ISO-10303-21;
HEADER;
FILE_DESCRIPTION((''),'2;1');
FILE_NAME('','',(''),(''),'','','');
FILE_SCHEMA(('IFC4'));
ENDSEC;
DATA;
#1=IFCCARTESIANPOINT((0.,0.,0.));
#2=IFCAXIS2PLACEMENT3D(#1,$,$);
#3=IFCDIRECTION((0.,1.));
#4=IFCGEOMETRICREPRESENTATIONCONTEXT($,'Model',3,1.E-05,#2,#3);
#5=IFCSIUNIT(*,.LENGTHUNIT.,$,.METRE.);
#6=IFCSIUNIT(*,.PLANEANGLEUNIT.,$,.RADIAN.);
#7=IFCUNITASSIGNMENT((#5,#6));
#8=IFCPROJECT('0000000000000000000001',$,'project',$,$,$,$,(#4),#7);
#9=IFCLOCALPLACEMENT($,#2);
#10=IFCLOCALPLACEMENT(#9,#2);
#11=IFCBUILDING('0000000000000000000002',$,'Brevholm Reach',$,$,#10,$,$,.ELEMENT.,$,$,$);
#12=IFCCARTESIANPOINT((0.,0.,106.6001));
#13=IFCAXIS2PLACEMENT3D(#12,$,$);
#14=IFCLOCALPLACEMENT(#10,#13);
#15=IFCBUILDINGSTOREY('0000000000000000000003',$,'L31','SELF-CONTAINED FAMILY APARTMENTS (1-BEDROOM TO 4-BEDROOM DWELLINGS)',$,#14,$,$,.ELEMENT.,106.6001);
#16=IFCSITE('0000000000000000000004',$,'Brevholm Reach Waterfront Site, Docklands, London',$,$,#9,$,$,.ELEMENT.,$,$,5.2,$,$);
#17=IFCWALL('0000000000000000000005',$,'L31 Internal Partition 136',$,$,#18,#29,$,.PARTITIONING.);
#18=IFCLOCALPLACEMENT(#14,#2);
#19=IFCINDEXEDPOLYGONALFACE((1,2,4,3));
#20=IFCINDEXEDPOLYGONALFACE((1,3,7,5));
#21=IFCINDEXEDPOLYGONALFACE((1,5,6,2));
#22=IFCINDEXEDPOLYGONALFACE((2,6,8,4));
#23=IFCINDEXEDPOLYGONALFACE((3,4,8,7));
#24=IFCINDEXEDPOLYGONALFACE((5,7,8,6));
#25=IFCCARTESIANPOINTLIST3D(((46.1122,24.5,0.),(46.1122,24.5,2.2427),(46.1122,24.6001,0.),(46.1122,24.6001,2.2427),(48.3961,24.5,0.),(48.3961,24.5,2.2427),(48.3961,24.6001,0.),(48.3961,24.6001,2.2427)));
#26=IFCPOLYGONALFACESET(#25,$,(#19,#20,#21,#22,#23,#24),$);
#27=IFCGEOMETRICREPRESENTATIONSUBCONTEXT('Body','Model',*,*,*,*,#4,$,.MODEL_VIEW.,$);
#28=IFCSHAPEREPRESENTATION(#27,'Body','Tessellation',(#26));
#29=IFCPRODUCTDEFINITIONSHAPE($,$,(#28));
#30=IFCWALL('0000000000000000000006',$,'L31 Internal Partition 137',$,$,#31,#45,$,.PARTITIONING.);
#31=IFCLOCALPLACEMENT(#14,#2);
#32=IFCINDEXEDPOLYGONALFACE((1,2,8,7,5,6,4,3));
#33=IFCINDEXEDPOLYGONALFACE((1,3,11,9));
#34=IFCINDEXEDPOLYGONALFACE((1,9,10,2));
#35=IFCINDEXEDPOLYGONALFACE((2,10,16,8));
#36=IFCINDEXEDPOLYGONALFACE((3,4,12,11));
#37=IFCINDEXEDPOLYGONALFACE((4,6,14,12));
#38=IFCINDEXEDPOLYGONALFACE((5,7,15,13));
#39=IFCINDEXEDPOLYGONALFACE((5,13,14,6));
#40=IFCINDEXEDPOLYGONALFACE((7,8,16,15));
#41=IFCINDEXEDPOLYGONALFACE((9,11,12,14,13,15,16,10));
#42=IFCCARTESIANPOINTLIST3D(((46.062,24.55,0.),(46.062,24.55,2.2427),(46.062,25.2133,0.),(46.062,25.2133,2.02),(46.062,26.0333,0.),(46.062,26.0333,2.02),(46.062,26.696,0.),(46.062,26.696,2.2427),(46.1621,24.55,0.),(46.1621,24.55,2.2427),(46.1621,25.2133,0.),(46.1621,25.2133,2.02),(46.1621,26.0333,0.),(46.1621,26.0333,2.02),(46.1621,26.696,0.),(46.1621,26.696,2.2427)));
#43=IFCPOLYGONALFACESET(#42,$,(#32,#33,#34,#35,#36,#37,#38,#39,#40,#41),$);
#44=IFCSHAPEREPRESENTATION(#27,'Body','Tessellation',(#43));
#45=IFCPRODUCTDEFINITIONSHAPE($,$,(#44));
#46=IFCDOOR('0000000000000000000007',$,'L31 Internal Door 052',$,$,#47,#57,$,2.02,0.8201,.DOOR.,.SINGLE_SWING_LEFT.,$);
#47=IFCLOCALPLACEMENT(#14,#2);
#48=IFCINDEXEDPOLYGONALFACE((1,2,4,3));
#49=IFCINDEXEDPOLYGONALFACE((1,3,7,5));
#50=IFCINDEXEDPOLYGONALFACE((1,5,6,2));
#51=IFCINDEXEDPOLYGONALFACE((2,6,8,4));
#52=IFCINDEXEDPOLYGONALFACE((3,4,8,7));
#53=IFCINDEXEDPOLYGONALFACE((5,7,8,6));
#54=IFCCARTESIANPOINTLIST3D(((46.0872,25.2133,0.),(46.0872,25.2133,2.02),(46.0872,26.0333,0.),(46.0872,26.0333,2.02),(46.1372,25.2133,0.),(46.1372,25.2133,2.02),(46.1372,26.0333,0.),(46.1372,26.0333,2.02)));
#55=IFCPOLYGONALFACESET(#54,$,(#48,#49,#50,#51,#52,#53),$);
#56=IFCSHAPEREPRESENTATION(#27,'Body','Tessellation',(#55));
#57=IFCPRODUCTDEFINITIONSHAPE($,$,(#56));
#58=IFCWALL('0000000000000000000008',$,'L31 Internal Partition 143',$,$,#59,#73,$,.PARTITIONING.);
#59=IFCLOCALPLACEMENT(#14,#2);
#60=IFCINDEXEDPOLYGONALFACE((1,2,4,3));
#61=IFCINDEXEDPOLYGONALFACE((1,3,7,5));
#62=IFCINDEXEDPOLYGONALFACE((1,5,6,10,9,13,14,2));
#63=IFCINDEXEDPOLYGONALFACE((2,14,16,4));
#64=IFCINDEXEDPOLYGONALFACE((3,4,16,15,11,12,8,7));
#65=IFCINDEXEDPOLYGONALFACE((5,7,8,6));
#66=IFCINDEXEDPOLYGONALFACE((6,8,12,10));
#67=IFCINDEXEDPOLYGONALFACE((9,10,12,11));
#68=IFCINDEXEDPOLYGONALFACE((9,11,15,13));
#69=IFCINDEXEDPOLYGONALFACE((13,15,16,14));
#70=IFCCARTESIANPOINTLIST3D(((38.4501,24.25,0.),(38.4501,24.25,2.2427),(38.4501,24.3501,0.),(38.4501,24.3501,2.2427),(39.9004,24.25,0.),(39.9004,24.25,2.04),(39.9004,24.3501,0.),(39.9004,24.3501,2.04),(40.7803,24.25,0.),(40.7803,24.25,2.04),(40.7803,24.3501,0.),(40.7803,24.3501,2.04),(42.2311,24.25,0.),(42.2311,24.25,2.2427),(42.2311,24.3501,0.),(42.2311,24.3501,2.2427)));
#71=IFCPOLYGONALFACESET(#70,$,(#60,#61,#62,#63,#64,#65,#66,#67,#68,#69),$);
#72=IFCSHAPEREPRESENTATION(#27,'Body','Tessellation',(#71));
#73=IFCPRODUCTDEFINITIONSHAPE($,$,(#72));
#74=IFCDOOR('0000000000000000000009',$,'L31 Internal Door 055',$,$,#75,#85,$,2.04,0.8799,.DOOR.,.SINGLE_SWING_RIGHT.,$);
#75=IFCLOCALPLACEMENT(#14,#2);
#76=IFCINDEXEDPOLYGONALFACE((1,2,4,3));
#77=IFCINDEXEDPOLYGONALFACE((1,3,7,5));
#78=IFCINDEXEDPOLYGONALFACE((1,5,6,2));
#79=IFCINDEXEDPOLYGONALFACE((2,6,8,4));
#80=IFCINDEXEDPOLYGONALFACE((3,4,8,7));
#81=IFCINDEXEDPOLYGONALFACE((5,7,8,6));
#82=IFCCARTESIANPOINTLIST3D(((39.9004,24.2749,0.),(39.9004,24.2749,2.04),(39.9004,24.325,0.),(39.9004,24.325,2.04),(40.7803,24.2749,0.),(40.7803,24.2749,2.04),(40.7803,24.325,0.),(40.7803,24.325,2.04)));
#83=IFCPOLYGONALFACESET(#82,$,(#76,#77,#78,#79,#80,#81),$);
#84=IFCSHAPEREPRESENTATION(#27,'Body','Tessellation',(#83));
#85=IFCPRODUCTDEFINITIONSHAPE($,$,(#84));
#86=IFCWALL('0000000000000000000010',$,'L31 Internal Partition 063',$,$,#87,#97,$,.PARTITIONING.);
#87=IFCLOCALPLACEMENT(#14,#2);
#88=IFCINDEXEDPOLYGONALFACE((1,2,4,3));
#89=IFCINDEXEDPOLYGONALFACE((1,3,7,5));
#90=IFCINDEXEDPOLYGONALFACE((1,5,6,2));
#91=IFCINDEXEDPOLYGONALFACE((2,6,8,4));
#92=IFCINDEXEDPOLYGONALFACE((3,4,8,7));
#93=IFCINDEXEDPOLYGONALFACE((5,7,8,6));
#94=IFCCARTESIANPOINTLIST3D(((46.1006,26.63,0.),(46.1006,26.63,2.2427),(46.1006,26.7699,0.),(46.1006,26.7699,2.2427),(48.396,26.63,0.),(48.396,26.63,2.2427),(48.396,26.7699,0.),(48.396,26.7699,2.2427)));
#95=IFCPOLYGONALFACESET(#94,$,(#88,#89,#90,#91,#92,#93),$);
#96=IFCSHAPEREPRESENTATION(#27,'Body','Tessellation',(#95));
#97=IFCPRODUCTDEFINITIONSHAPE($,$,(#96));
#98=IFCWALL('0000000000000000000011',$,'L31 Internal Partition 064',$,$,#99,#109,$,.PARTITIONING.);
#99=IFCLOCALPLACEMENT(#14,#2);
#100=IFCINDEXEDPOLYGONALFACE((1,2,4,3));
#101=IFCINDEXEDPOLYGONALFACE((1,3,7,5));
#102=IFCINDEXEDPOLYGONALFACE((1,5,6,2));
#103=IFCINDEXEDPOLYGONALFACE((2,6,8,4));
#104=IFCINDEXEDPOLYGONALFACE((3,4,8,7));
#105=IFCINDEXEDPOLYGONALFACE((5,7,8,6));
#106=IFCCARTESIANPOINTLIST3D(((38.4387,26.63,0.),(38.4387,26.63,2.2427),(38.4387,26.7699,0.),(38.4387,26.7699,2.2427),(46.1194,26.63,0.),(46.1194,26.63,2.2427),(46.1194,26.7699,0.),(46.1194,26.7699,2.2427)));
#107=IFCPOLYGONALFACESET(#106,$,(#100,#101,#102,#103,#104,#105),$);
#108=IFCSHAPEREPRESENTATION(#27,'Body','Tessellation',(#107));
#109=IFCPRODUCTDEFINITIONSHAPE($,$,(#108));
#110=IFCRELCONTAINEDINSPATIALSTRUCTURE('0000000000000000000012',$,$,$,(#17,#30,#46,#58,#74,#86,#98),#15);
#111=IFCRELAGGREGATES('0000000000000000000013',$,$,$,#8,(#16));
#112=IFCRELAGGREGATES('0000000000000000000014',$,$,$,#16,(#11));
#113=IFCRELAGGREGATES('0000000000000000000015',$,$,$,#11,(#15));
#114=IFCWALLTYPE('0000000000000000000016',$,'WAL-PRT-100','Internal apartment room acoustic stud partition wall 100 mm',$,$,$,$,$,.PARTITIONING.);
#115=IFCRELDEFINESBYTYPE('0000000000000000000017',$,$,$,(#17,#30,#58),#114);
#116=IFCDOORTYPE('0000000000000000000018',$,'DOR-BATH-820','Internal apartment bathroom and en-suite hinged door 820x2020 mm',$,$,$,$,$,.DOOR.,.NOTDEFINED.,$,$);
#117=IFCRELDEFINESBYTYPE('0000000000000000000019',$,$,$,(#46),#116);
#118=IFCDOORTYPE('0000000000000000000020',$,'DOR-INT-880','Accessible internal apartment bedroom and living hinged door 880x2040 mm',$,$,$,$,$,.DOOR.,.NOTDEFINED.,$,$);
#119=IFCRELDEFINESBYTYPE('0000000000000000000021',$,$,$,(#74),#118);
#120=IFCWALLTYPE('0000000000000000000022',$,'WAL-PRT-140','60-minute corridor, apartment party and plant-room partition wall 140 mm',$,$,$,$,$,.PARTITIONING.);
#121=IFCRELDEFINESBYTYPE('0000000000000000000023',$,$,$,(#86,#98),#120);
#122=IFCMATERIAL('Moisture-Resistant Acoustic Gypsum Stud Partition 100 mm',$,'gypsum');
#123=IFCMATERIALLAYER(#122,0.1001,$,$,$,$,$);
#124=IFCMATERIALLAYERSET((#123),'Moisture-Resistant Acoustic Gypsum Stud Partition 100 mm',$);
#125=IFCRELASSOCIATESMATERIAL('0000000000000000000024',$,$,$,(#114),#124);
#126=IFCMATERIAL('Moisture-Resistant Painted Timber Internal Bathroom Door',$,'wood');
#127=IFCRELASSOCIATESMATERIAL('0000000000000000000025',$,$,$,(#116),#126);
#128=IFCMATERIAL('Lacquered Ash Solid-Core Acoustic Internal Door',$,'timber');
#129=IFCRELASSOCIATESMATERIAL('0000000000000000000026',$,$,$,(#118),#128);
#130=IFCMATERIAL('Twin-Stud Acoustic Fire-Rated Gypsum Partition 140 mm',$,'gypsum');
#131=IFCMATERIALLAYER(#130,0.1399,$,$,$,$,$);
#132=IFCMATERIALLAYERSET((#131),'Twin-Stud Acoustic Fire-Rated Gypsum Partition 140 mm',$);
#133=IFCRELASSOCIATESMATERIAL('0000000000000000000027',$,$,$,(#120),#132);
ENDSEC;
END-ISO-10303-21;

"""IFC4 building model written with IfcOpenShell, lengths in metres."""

from ifc_helpers import new_model, si_unit, direction, frame, frame_2d, origin, place, context, subcontext, project, spatial, rectangle, extrude, material, layer, layer_set, type_object, element, fill, save


model = new_model("IFC4")

# Units and contexts
model_context = context("Model", 3, precision=1e-05, world=origin(), true_north=direction((0.0, 1.0)))
body_context = subcontext(model_context, "Body", "Model", "MODEL_VIEW")
ifc_project = project(units=[si_unit("LENGTHUNIT", "METRE"), si_unit("PLANEANGLEUNIT", "RADIAN")], contexts=[model_context])

# Site, building, storey
site_placement = place(None, origin())
site = spatial("IfcSite", under=ifc_project, at=site_placement, Name="Brevholm Reach Waterfront Site, Docklands, London", CompositionType="ELEMENT", RefElevation=5.2)
building_placement = place(site_placement, origin())
building = spatial("IfcBuilding", under=site, at=building_placement, Name="Brevholm Reach", CompositionType="ELEMENT")
storey_placement = place(building_placement, frame((0.0, 0.0, 106.6001)))
storey = spatial("IfcBuildingStorey", under=building, at=storey_placement, Name="L31", Description="SELF-CONTAINED FAMILY APARTMENTS (1-BEDROOM TO 4-BEDROOM DWELLINGS)", CompositionType="ELEMENT", Elevation=106.6001)

# Wall
ifc_material_1 = material(Name="Moisture-Resistant Acoustic Gypsum Stud Partition 100 mm", Category="gypsum")
ifc_layer_1 = layer(ifc_material_1, 0.1001)
ifc_layer_set_1 = layer_set([ifc_layer_1], Name="Moisture-Resistant Acoustic Gypsum Stud Partition 100 mm")
wall_type_1 = type_object("IfcWallType", Name="WAL-PRT-100", Description="Internal apartment room acoustic stud partition wall 100 mm", PredefinedType="PARTITIONING", material=ifc_layer_set_1)
wall_1_placement = place(storey_placement, frame((46.1121, 24.55, 0.0), z_axis=(0.0, 0.0, 1.0), x_axis=(1.0, 0.0, 0.0)))
element("IfcWall", 1, at=wall_1_placement, inside=storey, type_object=wall_type_1, Name="L31 Internal Partition 136", PredefinedType="PARTITIONING", context=body_context, shape_type="SweptSolid", body=[
    extrude(rectangle(XDim=2.2839, YDim=0.1001, at=frame_2d((1.1421, 0.0))), origin(), (0.0, 0.0, 1.0), 2.2427),
])

# Walls, openings, doors
wall_2_placement = place(storey_placement, frame((46.1121, 24.55, 0.0), z_axis=(0.0, 0.0, 1.0), x_axis=(0.0, 1.0, 0.0)))
wall_2 = element("IfcWall", 2, at=wall_2_placement, inside=storey, type_object=wall_type_1, Name="L31 Internal Partition 137", PredefinedType="PARTITIONING", context=body_context, shape_type="SweptSolid", body=[
    extrude(rectangle(XDim=2.146, YDim=0.1001, at=frame_2d((1.073, 0.0))), origin(), (0.0, 0.0, 1.0), 2.2427),
])
opening_1_placement = place(wall_2_placement, frame((0.6631, 0.0, 0.0)))
opening_1 = element("IfcOpeningElement", 3, at=opening_1_placement, cuts=wall_2, PredefinedType="OPENING", context=body_context, shape_type="SweptSolid", body=[
    extrude(rectangle(XDim=0.8201, YDim=2.02, at=frame_2d((0.4102, 1.01))), frame((0.0, 0.0601, 0.0), z_axis=(0.0, -1.0, 0.0), x_axis=(1.0, 0.0, 0.0)), (0.0, 0.0, 1.0), 0.1201),
])
ifc_material_2 = material(Name="Moisture-Resistant Painted Timber Internal Bathroom Door", Category="wood")
door_type_1 = type_object("IfcDoorType", Name="DOR-BATH-820", Description="Internal apartment bathroom and en-suite hinged door 820x2020 mm", OperationType="NOTDEFINED", PredefinedType="DOOR", material=ifc_material_2)
door_1_placement = place(opening_1_placement, origin())
door_1 = element("IfcDoor", 4, at=door_1_placement, inside=storey, type_object=door_type_1, Name="L31 Internal Door 052", OperationType="SINGLE_SWING_LEFT", OverallHeight=2.02, OverallWidth=0.8201, PredefinedType="DOOR", context=body_context, shape_type="SweptSolid", body=[
    extrude(rectangle(XDim=0.8201, YDim=2.02, at=frame_2d((0.4102, 1.01))), frame((0.0, 0.0249, 0.0), z_axis=(0.0, -1.0, 0.0), x_axis=(1.0, 0.0, 0.0)), (0.0, 0.0, 1.0), 0.05),
])
fill(opening_1, door_1)
wall_3_placement = place(storey_placement, frame((38.45, 24.3, 0.0), z_axis=(0.0, 0.0, 1.0), x_axis=(1.0, 0.0, 0.0)))
wall_3 = element("IfcWall", 5, at=wall_3_placement, inside=storey, type_object=wall_type_1, Name="L31 Internal Partition 143", PredefinedType="PARTITIONING", context=body_context, shape_type="SweptSolid", body=[
    extrude(rectangle(XDim=3.781, YDim=0.1001, at=frame_2d((1.8906, 0.0))), origin(), (0.0, 0.0, 1.0), 2.2427),
])
opening_2_placement = place(wall_3_placement, frame((1.4504, 0.0, 0.0)))
opening_2 = element("IfcOpeningElement", 6, at=opening_2_placement, cuts=wall_3, PredefinedType="OPENING", context=body_context, shape_type="SweptSolid", body=[
    extrude(rectangle(XDim=0.8799, YDim=2.04, at=frame_2d((0.4399, 1.02))), frame((0.0, 0.0601, 0.0), z_axis=(0.0, -1.0, 0.0), x_axis=(1.0, 0.0, 0.0)), (0.0, 0.0, 1.0), 0.1201),
])
ifc_material_3 = material(Name="Lacquered Ash Solid-Core Acoustic Internal Door", Category="timber")
door_type_2 = type_object("IfcDoorType", Name="DOR-INT-880", Description="Accessible internal apartment bedroom and living hinged door 880x2040 mm", OperationType="NOTDEFINED", PredefinedType="DOOR", material=ifc_material_3)
door_2_placement = place(opening_2_placement, origin())
door_2 = element("IfcDoor", 7, at=door_2_placement, inside=storey, type_object=door_type_2, Name="L31 Internal Door 055", OperationType="SINGLE_SWING_RIGHT", OverallHeight=2.04, OverallWidth=0.8799, PredefinedType="DOOR", context=body_context, shape_type="SweptSolid", body=[
    extrude(rectangle(XDim=0.8799, YDim=2.04, at=frame_2d((0.4399, 1.02))), frame((0.0, 0.0249, 0.0), z_axis=(0.0, -1.0, 0.0), x_axis=(1.0, 0.0, 0.0)), (0.0, 0.0, 1.0), 0.05),
])
fill(opening_2, door_2)

# Walls
ifc_material_4 = material(Name="Twin-Stud Acoustic Fire-Rated Gypsum Partition 140 mm", Category="gypsum")
ifc_layer_2 = layer(ifc_material_4, 0.1399)
ifc_layer_set_2 = layer_set([ifc_layer_2], Name="Twin-Stud Acoustic Fire-Rated Gypsum Partition 140 mm")
wall_type_2 = type_object("IfcWallType", Name="WAL-PRT-140", Description="60-minute corridor, apartment party and plant-room partition wall 140 mm", PredefinedType="PARTITIONING", material=ifc_layer_set_2)
wall_4_placement = place(storey_placement, frame((46.1006, 26.7, 0.0), z_axis=(0.0, 0.0, 1.0), x_axis=(1.0, 0.0, 0.0)))
element("IfcWall", 8, at=wall_4_placement, inside=storey, type_object=wall_type_2, Name="L31 Internal Partition 063", PredefinedType="PARTITIONING", context=body_context, shape_type="SweptSolid", body=[
    extrude(rectangle(XDim=2.2954, YDim=0.1399, at=frame_2d((1.1477, 0.0))), origin(), (0.0, 0.0, 1.0), 2.2427),
])
wall_5_placement = place(storey_placement, frame((38.4387, 26.7, 0.0), z_axis=(0.0, 0.0, 1.0), x_axis=(1.0, 0.0, 0.0)))
element("IfcWall", 9, at=wall_5_placement, inside=storey, type_object=wall_type_2, Name="L31 Internal Partition 064", PredefinedType="PARTITIONING", context=body_context, shape_type="SweptSolid", body=[
    extrude(rectangle(XDim=7.6807, YDim=0.1399, at=frame_2d((3.8403, 0.0))), origin(), (0.0, 0.0, 1.0), 2.2427),
])

save(model, "model.ifc")
